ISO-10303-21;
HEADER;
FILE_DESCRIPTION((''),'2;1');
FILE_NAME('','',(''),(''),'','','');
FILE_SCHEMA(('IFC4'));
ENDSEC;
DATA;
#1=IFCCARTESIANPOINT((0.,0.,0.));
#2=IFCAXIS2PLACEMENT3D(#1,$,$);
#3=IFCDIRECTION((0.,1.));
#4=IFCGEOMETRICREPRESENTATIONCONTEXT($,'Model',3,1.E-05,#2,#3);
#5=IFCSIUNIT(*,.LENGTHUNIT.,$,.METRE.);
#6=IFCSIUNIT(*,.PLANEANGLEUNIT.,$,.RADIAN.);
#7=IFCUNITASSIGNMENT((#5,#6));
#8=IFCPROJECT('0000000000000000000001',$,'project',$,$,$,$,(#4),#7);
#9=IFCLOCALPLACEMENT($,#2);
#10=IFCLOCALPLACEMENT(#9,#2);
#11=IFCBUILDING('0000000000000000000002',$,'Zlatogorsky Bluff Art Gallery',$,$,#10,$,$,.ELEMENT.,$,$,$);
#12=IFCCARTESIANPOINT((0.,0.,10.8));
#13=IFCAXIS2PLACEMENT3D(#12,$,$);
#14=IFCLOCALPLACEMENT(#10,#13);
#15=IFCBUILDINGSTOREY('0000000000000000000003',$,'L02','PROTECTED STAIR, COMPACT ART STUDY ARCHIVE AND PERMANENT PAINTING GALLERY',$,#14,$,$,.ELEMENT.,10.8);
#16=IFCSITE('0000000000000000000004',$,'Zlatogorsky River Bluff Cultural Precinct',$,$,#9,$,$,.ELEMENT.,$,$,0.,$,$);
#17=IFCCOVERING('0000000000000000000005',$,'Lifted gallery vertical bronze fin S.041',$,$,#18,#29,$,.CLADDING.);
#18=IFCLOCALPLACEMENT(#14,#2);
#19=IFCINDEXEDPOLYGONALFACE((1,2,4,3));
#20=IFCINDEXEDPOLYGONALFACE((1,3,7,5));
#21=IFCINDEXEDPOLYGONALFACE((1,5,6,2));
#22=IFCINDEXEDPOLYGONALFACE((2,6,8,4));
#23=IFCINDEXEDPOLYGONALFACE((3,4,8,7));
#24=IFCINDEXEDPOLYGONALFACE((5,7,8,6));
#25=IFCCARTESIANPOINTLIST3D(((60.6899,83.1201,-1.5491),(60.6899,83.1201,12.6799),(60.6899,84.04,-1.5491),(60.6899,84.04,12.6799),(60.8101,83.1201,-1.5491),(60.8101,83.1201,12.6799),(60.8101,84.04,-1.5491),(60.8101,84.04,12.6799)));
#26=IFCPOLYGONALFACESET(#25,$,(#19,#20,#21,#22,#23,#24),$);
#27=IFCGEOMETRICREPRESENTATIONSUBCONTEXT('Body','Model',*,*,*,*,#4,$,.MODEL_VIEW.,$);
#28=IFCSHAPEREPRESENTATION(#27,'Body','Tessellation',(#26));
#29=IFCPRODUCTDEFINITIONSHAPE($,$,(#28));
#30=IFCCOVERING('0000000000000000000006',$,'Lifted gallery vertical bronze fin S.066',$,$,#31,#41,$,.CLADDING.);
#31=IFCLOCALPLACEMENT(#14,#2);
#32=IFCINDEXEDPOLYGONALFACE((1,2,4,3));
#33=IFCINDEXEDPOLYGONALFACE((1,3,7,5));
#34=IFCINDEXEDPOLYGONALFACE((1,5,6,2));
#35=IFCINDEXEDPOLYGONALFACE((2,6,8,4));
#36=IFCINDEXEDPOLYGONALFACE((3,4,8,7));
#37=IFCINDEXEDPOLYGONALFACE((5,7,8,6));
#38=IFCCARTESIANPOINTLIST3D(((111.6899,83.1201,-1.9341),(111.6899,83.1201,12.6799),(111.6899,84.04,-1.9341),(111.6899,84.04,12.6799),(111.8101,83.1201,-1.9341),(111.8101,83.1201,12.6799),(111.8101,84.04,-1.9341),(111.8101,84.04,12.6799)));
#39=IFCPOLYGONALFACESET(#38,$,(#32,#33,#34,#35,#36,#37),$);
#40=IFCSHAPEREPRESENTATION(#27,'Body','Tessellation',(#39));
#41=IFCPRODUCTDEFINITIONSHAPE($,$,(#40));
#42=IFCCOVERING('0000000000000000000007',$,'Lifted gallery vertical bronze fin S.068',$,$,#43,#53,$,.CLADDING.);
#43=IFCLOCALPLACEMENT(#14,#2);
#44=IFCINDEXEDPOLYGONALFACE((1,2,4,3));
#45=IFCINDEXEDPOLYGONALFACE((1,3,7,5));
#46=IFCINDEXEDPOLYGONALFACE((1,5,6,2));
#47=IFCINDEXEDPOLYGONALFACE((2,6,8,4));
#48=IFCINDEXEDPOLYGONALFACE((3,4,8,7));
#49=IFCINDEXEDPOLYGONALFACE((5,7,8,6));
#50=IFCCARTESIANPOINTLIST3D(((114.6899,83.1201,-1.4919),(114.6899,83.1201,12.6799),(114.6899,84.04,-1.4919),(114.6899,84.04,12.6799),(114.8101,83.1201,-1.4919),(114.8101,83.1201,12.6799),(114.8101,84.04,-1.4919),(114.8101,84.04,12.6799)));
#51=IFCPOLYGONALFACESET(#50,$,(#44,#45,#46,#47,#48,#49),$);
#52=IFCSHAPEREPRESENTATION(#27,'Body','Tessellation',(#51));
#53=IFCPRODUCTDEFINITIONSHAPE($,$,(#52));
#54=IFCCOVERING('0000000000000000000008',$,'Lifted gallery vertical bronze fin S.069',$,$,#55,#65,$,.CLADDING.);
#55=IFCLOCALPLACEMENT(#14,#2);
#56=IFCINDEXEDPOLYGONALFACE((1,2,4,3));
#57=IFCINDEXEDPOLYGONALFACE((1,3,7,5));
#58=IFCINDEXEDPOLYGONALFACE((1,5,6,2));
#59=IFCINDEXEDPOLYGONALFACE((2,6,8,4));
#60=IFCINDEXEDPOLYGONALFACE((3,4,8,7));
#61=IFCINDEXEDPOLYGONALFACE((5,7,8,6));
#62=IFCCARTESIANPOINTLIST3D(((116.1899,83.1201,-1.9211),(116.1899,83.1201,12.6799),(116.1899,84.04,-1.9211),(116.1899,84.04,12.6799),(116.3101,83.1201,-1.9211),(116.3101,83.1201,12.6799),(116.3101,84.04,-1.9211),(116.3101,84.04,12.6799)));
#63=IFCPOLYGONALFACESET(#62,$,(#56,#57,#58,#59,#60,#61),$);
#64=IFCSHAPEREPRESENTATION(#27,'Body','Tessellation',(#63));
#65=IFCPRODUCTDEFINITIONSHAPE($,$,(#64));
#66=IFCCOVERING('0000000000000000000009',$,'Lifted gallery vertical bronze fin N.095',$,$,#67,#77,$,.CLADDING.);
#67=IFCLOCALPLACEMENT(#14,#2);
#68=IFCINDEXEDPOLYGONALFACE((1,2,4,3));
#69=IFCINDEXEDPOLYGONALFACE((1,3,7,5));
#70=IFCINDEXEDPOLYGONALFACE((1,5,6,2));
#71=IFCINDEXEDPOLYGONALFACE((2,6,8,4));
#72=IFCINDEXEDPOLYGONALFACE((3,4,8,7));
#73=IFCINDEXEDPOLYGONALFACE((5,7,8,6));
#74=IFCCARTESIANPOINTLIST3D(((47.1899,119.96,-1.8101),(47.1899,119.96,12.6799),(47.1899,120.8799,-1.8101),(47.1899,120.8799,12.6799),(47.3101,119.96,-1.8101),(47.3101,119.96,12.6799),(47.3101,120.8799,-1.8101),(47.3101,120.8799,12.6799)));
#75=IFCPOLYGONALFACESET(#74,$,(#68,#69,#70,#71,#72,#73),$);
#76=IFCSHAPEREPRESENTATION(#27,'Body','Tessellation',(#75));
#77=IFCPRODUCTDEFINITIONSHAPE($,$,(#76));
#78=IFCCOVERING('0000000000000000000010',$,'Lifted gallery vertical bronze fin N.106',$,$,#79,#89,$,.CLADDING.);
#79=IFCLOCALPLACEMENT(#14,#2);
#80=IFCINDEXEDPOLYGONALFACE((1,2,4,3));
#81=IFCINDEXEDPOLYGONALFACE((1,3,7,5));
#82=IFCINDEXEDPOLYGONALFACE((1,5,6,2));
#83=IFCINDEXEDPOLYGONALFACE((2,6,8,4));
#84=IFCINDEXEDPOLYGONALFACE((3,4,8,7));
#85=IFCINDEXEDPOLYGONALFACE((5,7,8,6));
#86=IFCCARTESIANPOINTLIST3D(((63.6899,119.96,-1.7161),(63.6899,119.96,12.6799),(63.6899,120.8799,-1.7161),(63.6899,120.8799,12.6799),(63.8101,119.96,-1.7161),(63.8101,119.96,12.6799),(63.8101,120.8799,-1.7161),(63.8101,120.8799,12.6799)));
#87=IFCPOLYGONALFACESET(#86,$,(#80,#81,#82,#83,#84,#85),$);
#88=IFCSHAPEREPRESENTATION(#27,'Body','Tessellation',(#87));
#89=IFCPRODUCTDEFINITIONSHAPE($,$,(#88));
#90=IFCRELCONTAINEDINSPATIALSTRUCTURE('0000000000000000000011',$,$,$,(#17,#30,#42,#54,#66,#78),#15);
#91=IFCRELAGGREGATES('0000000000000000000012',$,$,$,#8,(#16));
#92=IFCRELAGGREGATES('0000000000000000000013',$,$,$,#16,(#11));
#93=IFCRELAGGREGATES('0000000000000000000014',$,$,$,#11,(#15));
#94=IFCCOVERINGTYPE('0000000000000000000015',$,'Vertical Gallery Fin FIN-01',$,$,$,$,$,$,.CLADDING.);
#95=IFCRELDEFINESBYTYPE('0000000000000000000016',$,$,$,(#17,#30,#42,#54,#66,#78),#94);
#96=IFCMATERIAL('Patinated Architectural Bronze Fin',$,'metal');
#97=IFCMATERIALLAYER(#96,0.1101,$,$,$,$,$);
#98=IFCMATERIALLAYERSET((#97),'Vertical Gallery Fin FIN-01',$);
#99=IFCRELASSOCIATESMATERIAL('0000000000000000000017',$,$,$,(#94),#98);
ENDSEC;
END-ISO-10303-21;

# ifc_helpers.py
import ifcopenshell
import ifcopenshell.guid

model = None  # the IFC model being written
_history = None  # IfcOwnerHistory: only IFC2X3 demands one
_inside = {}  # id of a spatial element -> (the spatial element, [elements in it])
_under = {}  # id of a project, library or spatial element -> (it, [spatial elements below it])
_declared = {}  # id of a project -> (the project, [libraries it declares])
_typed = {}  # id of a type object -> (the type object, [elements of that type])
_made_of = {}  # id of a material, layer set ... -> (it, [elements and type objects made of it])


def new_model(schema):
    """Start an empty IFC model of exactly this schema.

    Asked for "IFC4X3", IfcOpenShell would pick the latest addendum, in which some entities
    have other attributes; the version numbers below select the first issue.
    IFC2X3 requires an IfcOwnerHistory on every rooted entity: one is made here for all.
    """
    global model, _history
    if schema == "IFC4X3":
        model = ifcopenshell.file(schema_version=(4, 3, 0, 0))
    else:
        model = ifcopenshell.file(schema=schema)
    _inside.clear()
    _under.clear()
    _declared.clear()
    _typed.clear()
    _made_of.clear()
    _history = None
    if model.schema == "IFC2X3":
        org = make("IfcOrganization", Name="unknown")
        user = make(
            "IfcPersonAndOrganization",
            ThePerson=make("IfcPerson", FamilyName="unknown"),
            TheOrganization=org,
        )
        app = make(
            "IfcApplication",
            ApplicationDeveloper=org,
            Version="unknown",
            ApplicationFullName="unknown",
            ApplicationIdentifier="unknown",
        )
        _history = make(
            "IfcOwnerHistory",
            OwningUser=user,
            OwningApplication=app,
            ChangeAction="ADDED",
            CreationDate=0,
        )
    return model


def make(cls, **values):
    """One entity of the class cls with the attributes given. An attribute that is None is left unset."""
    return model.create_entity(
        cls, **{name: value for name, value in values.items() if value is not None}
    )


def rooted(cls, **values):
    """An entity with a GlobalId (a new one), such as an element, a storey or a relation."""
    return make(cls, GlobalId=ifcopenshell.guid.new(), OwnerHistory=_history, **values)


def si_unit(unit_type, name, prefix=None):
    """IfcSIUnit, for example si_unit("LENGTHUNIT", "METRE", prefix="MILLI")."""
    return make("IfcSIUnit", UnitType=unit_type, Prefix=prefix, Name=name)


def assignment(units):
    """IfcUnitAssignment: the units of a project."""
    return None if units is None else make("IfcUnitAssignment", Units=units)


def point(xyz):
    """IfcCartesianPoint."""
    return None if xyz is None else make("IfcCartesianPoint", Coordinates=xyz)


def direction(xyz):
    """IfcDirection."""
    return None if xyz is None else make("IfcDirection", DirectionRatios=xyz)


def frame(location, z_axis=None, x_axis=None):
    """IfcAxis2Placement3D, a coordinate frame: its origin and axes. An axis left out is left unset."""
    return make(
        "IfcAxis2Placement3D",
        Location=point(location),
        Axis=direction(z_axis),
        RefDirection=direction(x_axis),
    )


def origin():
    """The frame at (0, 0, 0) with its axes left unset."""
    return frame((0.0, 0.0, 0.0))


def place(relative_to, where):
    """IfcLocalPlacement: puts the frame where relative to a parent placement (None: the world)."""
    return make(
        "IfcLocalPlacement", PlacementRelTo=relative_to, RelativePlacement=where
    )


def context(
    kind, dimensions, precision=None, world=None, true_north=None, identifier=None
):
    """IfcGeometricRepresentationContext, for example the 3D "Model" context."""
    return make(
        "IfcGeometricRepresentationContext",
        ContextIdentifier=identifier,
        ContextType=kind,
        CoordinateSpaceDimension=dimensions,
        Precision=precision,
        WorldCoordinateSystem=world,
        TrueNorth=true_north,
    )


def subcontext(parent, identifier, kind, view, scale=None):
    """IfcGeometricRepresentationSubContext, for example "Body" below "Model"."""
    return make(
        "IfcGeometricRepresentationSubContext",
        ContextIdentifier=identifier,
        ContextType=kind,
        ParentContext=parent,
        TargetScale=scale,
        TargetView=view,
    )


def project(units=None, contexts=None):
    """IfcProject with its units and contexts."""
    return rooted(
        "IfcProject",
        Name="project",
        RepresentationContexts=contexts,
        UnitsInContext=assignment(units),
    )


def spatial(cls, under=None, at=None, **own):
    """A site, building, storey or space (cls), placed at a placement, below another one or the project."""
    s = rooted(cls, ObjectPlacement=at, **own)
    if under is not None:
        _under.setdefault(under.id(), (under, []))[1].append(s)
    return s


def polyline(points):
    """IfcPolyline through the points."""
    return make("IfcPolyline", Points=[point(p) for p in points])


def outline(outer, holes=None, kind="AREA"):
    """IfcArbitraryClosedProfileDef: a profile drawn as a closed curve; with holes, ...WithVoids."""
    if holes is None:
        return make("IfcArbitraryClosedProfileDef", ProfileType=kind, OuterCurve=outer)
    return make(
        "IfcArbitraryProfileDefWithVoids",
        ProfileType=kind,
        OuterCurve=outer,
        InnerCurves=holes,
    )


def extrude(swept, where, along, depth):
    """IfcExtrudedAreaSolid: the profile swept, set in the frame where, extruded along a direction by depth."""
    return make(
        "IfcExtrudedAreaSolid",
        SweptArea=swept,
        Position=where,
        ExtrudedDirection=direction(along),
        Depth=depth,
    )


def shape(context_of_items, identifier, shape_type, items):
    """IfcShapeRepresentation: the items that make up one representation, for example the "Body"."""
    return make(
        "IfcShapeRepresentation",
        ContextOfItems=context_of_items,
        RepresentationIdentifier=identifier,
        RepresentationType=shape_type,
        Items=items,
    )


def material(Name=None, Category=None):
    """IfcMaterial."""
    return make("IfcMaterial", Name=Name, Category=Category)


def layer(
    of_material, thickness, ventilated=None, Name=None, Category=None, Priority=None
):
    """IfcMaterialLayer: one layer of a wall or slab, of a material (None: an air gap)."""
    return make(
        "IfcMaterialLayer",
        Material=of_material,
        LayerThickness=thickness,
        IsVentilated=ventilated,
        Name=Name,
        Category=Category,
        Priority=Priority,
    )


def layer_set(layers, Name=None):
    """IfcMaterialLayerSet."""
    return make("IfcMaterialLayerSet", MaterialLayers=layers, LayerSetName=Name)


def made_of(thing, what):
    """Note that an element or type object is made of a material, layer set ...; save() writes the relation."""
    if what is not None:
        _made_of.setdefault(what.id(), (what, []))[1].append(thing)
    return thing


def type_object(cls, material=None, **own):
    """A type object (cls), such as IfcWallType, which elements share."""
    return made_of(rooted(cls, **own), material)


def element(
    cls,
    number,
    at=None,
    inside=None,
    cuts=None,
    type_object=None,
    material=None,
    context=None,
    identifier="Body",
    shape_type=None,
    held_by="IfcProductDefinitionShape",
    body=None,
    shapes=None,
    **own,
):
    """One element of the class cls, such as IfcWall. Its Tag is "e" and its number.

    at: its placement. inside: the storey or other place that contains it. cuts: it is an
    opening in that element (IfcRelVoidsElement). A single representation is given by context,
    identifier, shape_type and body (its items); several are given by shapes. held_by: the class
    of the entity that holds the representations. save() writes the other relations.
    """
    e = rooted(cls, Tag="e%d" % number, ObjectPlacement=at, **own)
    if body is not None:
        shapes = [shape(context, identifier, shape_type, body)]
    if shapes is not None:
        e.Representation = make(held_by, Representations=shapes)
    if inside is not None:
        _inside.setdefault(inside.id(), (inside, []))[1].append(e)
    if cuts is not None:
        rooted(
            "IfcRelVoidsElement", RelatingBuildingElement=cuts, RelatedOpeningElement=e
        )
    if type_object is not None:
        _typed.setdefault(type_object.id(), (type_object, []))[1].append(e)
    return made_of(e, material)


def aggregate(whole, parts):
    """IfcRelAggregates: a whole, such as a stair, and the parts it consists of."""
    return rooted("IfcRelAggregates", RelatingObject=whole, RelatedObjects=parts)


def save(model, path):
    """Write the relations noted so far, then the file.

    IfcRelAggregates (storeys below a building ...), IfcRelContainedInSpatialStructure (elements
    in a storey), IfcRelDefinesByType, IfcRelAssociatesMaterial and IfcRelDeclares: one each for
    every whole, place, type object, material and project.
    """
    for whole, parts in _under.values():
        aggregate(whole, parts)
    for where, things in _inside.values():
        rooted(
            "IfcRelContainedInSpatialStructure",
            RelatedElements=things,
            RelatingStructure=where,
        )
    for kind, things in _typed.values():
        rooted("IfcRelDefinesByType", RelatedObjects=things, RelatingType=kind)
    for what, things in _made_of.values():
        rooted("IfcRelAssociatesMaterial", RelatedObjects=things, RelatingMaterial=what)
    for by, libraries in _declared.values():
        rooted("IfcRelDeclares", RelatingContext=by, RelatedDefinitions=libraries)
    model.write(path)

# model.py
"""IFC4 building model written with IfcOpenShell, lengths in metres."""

from ifc_helpers import new_model, si_unit, direction, frame, origin, place, context, subcontext, project, spatial, polyline, outline, extrude, material, layer, layer_set, type_object, element, save


model = new_model("IFC4")

# Units and contexts
model_context = context("Model", 3, precision=1e-05, world=origin(), true_north=direction((0.0, 1.0)))
body_context = subcontext(model_context, "Body", "Model", "MODEL_VIEW")
ifc_project = project(units=[si_unit("LENGTHUNIT", "METRE"), si_unit("PLANEANGLEUNIT", "RADIAN")], contexts=[model_context])

# Site, building, storey
site_placement = place(None, origin())
site = spatial("IfcSite", under=ifc_project, at=site_placement, Name="Zlatogorsky River Bluff Cultural Precinct", CompositionType="ELEMENT", RefElevation=0.0)
building_placement = place(site_placement, origin())
building = spatial("IfcBuilding", under=site, at=building_placement, Name="Zlatogorsky Bluff Art Gallery", CompositionType="ELEMENT")
storey_placement = place(building_placement, frame((0.0, 0.0, 10.8)))
storey = spatial("IfcBuildingStorey", under=building, at=storey_placement, Name="L02", Description="PROTECTED STAIR, COMPACT ART STUDY ARCHIVE AND PERMANENT PAINTING GALLERY", CompositionType="ELEMENT", Elevation=10.8)

# Coverings
ifc_material_1 = material(Name="Patinated Architectural Bronze Fin", Category="metal")
ifc_layer_1 = layer(ifc_material_1, 0.1101)
ifc_layer_set_1 = layer_set([ifc_layer_1], Name="Vertical Gallery Fin FIN-01")
covering_type_1 = type_object("IfcCoveringType", Name="Vertical Gallery Fin FIN-01", PredefinedType="CLADDING", material=ifc_layer_set_1)
covering_1_placement = place(storey_placement, frame((0.0, 0.0, -1.5491)))
element("IfcCovering", 1, at=covering_1_placement, inside=storey, type_object=covering_type_1, Name="Lifted gallery vertical bronze fin S.041", PredefinedType="CLADDING", context=body_context, shape_type="SweptSolid", body=[
    extrude(outline(polyline([(60.6899, 83.1201), (60.8101, 83.1201), (60.8101, 84.04), (60.6899, 84.04), (60.6899, 83.1201)])), origin(), (0.0, 0.0, 1.0), 14.229),
])
covering_2_placement = place(storey_placement, frame((0.0, 0.0, -1.9341)))
element("IfcCovering", 2, at=covering_2_placement, inside=storey, type_object=covering_type_1, Name="Lifted gallery vertical bronze fin S.066", PredefinedType="CLADDING", context=body_context, shape_type="SweptSolid", body=[
    extrude(outline(polyline([(111.6899, 83.1201), (111.8101, 83.1201), (111.8101, 84.04), (111.6899, 84.04), (111.6899, 83.1201)])), origin(), (0.0, 0.0, 1.0), 14.614),
])
covering_3_placement = place(storey_placement, frame((0.0, 0.0, -1.4919)))
element("IfcCovering", 3, at=covering_3_placement, inside=storey, type_object=covering_type_1, Name="Lifted gallery vertical bronze fin S.068", PredefinedType="CLADDING", context=body_context, shape_type="SweptSolid", body=[
    extrude(outline(polyline([(114.6899, 83.1201), (114.8101, 83.1201), (114.8101, 84.04), (114.6899, 84.04), (114.6899, 83.1201)])), origin(), (0.0, 0.0, 1.0), 14.1719),
])
covering_4_placement = place(storey_placement, frame((0.0, 0.0, -1.9211)))
element("IfcCovering", 4, at=covering_4_placement, inside=storey, type_object=covering_type_1, Name="Lifted gallery vertical bronze fin S.069", PredefinedType="CLADDING", context=body_context, shape_type="SweptSolid", body=[
    extrude(outline(polyline([(116.1899, 83.1201), (116.3101, 83.1201), (116.3101, 84.04), (116.1899, 84.04), (116.1899, 83.1201)])), origin(), (0.0, 0.0, 1.0), 14.6011),
])
covering_5_placement = place(storey_placement, frame((0.0, 0.0, -1.8101)))
element("IfcCovering", 5, at=covering_5_placement, inside=storey, type_object=covering_type_1, Name="Lifted gallery vertical bronze fin N.095", PredefinedType="CLADDING", context=body_context, shape_type="SweptSolid", body=[
    extrude(outline(polyline([(47.1899, 119.96), (47.3101, 119.96), (47.3101, 120.8799), (47.1899, 120.8799), (47.1899, 119.96)])), origin(), (0.0, 0.0, 1.0), 14.49),
])
covering_6_placement = place(storey_placement, frame((0.0, 0.0, -1.7161)))
element("IfcCovering", 6, at=covering_6_placement, inside=storey, type_object=covering_type_1, Name="Lifted gallery vertical bronze fin N.106", PredefinedType="CLADDING", context=body_context, shape_type="SweptSolid", body=[
    extrude(outline(polyline([(63.6899, 119.96), (63.8101, 119.96), (63.8101, 120.8799), (63.6899, 120.8799), (63.6899, 119.96)])), origin(), (0.0, 0.0, 1.0), 14.396),
])

save(model, "model.ifc")
